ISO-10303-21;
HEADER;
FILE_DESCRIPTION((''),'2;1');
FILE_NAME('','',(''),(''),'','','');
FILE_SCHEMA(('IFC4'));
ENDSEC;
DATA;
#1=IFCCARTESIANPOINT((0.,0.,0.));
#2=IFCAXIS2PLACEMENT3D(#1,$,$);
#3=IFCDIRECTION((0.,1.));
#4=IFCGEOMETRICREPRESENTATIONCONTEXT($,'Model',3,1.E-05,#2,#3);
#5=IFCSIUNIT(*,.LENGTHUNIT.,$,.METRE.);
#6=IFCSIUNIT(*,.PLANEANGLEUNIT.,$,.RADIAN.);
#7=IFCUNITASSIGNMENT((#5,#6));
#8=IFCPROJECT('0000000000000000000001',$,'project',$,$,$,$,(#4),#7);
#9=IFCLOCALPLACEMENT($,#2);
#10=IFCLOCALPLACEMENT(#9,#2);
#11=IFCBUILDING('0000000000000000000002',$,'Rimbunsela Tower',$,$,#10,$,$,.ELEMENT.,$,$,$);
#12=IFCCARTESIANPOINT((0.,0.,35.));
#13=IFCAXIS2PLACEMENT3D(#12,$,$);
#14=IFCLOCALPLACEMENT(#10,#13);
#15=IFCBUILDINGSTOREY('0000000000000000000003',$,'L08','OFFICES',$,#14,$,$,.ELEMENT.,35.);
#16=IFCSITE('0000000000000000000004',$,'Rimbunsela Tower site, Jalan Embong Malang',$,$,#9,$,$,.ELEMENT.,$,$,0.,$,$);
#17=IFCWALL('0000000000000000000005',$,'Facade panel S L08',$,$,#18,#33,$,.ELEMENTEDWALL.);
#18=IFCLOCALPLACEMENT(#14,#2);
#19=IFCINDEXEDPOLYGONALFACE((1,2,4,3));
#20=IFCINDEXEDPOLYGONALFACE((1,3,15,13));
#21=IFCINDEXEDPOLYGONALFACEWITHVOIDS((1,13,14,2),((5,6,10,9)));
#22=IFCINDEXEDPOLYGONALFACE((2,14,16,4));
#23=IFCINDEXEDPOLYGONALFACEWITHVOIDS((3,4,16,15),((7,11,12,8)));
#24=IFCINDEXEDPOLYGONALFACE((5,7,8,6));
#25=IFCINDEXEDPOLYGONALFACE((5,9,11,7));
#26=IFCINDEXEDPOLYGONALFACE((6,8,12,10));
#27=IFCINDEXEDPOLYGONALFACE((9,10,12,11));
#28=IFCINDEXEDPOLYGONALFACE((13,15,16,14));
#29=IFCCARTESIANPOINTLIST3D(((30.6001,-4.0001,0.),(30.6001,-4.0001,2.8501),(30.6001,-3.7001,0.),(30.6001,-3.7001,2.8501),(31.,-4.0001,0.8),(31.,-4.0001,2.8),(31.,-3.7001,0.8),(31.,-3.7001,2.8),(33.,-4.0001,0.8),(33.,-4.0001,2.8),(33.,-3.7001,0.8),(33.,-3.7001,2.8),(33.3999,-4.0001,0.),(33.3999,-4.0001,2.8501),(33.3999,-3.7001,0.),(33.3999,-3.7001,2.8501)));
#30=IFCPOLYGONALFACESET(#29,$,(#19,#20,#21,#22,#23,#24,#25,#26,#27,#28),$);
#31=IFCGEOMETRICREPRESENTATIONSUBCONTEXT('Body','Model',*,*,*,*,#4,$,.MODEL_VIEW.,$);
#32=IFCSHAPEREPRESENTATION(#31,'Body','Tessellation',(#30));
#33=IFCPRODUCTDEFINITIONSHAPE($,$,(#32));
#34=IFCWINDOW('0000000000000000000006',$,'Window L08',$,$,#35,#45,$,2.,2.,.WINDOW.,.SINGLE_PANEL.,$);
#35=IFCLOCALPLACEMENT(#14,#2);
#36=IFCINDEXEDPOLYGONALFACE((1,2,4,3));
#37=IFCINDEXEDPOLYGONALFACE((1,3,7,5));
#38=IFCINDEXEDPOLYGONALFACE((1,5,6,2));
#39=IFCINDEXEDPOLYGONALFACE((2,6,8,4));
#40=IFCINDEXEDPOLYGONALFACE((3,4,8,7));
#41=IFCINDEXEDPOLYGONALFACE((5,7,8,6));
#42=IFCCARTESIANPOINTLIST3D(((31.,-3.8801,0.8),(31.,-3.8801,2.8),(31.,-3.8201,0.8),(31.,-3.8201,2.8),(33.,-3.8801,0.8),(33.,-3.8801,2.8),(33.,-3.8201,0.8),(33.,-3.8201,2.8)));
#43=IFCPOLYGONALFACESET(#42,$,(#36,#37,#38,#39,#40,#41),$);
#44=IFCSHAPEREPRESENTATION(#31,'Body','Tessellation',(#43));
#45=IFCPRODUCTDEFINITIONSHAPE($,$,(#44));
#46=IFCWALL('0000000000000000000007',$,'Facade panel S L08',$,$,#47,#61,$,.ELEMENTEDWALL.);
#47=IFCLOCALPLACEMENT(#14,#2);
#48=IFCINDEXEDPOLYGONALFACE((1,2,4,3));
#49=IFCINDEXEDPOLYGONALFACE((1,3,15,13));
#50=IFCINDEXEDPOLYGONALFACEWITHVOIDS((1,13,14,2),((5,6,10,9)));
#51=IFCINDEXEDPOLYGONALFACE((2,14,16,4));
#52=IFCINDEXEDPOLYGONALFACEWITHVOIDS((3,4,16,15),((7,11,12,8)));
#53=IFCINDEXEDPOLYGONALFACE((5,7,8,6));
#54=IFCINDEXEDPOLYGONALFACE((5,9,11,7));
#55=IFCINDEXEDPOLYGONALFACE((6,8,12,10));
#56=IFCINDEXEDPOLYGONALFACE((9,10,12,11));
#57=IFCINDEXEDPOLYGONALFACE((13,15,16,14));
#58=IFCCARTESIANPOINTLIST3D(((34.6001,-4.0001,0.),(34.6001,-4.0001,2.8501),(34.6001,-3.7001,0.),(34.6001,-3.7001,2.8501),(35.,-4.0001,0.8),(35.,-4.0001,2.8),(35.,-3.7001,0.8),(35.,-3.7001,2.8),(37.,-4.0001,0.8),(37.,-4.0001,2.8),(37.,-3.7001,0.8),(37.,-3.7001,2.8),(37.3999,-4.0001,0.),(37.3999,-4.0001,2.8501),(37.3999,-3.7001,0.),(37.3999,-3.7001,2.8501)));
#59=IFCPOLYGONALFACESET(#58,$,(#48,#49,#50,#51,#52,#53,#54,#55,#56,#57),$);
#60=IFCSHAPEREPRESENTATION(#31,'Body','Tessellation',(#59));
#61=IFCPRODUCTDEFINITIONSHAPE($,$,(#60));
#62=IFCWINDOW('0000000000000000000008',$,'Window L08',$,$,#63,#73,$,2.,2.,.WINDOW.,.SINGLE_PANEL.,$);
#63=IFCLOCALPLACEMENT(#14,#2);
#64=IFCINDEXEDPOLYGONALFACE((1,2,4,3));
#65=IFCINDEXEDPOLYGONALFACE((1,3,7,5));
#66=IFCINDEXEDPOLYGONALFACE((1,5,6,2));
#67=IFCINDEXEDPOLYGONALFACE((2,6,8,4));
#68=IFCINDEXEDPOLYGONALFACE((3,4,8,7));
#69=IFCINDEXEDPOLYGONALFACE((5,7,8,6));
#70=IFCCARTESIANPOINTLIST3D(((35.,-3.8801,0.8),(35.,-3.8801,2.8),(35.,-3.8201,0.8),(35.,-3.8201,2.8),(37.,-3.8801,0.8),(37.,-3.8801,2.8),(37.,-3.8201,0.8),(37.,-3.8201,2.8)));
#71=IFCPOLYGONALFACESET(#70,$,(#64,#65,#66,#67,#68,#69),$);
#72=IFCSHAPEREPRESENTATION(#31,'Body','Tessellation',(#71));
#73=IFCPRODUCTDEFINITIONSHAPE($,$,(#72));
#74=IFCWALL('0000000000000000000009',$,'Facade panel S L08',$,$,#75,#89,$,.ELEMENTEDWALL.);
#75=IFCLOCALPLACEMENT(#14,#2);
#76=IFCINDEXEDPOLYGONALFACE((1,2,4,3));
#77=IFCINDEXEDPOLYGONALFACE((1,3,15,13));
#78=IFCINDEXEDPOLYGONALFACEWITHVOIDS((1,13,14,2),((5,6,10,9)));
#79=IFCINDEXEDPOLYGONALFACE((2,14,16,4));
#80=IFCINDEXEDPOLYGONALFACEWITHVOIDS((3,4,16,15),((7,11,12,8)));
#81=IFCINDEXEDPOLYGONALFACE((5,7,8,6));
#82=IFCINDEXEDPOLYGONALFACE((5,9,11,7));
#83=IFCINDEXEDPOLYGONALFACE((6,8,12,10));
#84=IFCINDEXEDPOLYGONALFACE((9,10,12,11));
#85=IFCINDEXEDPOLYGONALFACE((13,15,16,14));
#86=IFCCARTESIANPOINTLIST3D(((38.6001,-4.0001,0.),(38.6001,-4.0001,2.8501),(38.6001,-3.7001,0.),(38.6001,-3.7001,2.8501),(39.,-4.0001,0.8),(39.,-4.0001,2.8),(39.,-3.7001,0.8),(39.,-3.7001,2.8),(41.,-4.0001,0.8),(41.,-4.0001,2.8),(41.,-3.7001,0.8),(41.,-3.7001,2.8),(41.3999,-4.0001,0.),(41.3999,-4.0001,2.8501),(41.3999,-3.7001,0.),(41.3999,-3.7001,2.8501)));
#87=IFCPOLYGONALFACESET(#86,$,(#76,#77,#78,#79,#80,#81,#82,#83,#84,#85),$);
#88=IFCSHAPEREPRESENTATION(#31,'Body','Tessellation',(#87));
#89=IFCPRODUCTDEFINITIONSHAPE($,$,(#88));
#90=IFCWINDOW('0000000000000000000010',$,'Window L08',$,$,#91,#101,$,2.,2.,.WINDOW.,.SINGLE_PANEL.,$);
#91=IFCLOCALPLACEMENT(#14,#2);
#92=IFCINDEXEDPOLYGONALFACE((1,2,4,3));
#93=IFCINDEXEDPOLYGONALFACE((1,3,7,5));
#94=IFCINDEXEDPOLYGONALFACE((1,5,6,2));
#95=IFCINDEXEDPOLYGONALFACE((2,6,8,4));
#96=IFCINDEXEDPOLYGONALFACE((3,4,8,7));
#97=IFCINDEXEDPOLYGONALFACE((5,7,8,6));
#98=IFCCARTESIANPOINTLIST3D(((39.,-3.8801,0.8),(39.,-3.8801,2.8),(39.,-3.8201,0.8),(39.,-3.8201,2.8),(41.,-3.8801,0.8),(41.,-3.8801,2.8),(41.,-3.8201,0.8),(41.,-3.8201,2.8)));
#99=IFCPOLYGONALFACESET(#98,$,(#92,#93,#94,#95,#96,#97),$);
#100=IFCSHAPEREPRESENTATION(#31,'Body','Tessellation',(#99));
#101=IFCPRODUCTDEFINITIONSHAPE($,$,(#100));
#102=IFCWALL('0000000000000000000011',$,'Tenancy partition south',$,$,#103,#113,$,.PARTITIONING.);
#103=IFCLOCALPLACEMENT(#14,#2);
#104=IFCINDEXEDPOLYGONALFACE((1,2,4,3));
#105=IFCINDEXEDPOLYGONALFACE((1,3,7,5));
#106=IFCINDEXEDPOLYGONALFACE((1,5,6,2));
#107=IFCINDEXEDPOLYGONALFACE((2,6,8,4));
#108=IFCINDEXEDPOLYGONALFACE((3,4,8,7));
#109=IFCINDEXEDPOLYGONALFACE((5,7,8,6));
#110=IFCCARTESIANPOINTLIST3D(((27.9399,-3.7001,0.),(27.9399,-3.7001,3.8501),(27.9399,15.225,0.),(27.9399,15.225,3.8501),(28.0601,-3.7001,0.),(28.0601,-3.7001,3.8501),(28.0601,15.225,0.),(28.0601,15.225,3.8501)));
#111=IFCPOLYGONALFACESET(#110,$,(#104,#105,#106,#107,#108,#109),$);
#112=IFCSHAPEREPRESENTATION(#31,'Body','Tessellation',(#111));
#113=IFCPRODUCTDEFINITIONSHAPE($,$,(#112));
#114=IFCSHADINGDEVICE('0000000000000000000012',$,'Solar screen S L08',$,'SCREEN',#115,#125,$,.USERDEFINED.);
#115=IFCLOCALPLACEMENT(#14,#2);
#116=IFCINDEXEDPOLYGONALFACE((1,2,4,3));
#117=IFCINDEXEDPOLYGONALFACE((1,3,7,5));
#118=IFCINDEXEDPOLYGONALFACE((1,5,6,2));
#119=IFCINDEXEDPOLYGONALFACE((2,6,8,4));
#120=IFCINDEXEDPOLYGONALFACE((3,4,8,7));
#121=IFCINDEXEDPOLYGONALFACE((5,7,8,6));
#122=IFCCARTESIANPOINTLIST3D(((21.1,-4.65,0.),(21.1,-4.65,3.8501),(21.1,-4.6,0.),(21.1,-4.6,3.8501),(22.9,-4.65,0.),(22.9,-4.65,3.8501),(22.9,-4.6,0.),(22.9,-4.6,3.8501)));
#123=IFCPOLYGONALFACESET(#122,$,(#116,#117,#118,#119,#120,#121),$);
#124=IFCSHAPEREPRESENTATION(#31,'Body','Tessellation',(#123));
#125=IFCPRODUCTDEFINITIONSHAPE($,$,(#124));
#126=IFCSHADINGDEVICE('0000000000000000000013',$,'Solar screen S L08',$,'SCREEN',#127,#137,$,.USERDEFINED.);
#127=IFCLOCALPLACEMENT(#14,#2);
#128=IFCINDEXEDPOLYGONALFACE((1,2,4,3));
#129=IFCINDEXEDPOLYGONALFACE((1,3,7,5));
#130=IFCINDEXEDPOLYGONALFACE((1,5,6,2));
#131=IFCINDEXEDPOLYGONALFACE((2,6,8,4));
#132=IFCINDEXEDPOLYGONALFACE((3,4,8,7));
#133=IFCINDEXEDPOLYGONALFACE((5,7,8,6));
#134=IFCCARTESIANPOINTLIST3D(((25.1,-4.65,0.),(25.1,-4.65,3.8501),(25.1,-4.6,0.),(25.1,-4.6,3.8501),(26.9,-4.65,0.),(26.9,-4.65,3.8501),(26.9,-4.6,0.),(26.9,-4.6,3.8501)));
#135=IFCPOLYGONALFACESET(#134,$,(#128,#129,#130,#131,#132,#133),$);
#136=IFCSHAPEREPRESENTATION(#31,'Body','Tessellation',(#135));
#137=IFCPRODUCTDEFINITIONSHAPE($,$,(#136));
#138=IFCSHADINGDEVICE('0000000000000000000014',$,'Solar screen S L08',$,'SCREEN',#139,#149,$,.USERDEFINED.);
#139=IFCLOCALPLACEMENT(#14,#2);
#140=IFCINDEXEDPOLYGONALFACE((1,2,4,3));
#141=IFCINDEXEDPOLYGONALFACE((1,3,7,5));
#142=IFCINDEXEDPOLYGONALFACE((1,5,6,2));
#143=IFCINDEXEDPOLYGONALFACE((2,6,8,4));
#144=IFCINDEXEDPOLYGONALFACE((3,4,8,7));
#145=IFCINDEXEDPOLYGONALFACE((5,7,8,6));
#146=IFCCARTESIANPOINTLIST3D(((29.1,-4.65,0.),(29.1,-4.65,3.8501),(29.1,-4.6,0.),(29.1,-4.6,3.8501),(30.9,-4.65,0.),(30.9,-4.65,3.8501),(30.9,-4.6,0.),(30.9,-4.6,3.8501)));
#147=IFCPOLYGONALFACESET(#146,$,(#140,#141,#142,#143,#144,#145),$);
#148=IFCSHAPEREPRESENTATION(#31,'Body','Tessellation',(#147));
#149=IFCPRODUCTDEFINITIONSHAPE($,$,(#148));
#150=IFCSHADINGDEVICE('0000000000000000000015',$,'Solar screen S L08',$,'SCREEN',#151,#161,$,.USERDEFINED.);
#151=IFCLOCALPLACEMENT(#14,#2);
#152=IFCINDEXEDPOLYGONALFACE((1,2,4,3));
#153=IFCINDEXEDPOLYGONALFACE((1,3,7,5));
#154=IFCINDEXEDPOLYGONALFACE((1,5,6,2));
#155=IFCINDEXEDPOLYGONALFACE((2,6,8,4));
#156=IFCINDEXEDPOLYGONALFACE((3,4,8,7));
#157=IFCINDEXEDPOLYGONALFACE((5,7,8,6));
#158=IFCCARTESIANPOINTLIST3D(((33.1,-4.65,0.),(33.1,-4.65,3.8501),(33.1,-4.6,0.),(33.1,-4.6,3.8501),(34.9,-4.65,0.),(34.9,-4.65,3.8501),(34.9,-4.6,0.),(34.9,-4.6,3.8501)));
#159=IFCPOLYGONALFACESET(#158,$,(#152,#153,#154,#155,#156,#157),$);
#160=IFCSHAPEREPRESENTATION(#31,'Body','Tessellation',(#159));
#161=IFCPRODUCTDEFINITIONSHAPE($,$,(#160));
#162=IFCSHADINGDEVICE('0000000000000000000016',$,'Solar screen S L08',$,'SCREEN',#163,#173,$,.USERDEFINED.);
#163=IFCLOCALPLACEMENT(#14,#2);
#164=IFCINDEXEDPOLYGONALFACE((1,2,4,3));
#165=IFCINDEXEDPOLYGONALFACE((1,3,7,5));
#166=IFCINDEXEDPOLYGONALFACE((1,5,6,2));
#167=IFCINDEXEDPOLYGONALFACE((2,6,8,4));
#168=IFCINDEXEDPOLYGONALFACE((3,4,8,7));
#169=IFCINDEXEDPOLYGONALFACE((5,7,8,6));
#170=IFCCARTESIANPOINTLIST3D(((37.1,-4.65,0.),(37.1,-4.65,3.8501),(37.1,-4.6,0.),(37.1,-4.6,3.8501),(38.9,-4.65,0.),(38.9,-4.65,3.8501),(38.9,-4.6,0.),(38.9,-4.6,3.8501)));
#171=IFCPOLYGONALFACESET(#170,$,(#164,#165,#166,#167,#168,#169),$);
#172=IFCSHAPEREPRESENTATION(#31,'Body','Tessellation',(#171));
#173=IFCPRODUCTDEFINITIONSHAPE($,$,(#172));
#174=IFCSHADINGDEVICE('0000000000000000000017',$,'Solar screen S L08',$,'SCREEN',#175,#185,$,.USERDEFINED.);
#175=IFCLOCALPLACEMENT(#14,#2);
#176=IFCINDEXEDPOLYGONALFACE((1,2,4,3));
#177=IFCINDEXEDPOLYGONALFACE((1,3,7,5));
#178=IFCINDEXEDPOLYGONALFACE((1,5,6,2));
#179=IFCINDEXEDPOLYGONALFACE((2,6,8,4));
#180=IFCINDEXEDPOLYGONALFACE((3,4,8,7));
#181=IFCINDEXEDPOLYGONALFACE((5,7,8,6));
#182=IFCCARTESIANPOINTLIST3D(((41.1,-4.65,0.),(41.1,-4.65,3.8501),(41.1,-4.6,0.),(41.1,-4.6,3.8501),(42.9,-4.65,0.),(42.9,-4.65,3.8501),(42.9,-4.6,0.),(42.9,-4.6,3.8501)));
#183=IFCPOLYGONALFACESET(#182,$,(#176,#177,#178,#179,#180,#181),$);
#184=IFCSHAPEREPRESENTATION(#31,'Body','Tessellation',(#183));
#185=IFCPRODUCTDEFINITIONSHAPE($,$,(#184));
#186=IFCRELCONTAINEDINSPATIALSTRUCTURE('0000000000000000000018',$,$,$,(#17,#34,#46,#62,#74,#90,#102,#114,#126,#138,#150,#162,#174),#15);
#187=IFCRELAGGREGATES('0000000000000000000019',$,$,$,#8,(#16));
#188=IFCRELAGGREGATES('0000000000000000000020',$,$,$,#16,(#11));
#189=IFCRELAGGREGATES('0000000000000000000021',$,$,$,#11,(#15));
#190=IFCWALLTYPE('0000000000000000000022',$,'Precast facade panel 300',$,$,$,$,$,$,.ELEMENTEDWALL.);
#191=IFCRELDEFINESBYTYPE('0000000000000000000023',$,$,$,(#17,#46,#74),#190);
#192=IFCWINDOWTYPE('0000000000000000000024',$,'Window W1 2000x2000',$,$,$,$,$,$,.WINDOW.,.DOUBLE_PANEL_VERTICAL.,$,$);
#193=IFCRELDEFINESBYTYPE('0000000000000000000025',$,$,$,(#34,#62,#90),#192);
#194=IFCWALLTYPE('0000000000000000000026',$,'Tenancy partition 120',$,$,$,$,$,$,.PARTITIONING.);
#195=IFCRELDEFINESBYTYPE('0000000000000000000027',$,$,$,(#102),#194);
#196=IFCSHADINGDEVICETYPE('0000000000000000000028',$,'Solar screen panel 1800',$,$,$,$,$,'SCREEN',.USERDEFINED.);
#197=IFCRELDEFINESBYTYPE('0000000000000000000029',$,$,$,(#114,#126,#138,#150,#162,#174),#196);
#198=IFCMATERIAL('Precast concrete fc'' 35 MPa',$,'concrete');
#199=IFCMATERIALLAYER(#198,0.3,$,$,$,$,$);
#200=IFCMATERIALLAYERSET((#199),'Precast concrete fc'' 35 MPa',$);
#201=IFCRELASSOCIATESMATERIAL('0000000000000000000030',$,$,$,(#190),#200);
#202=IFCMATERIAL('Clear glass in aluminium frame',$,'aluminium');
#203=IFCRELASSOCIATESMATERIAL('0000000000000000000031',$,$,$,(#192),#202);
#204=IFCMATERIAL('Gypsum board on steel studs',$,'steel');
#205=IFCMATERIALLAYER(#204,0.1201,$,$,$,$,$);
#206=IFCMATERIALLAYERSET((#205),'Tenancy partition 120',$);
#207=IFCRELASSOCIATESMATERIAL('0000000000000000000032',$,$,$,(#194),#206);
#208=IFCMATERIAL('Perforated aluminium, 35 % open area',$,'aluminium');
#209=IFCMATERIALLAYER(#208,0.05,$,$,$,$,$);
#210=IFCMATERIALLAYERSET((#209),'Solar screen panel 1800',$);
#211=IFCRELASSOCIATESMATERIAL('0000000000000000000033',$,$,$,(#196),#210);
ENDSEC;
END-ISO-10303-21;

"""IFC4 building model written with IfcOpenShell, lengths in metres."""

from ifc_helpers import new_model, si_unit, direction, frame, frame_2d, origin, origin_2d, place, context, subcontext, project, spatial, rectangle, extrude, material, layer, layer_set, type_object, element, fill, save


model = new_model("IFC4")

# Units and contexts
model_context = context("Model", 3, precision=1e-05, world=origin(), true_north=direction((0.0, 1.0)))
body_context = subcontext(model_context, "Body", "Model", "MODEL_VIEW")
ifc_project = project(units=[si_unit("LENGTHUNIT", "METRE"), si_unit("PLANEANGLEUNIT", "RADIAN")], contexts=[model_context])

# Site, building, storey
site_placement = place(None, origin())
site = spatial("IfcSite", under=ifc_project, at=site_placement, Name="Rimbunsela Tower site, Jalan Embong Malang", CompositionType="ELEMENT", RefElevation=0.0)
building_placement = place(site_placement, origin())
building = spatial("IfcBuilding", under=site, at=building_placement, Name="Rimbunsela Tower", CompositionType="ELEMENT")
storey_placement = place(building_placement, frame((0.0, 0.0, 35.0)))
storey = spatial("IfcBuildingStorey", under=building, at=storey_placement, Name="L08", Description="OFFICES", CompositionType="ELEMENT", Elevation=35.0)

# Shared definitions
ifc_material_1 = material(Name="Precast concrete fc' 35 MPa", Category="concrete")
ifc_layer_1 = layer(ifc_material_1, 0.3)
ifc_layer_set_1 = layer_set([ifc_layer_1], Name="Precast concrete fc' 35 MPa")
wall_type_1 = type_object("IfcWallType", Name="Precast facade panel 300", PredefinedType="ELEMENTEDWALL", material=ifc_layer_set_1)
ifc_material_2 = material(Name="Clear glass in aluminium frame", Category="aluminium")
window_type_1 = type_object("IfcWindowType", Name="Window W1 2000x2000", PartitioningType="DOUBLE_PANEL_VERTICAL", PredefinedType="WINDOW", material=ifc_material_2)

# Walls, openings, windows
wall_1_placement = place(storey_placement, frame((30.6001, -3.8501, 0.0), z_axis=(0.0, 0.0, 1.0), x_axis=(1.0, 0.0, 0.0)))
wall_1 = element("IfcWall", 1, at=wall_1_placement, inside=storey, type_object=wall_type_1, Name="Facade panel S L08", PredefinedType="ELEMENTEDWALL", context=body_context, shape_type="SweptSolid", body=[
    extrude(rectangle(XDim=2.7998, YDim=0.3, at=frame_2d((1.3999, 0.0))), origin(), (0.0, 0.0, 1.0), 2.8501),
])
opening_1_placement = place(wall_1_placement, frame((0.3999, 0.0, 0.8)))
opening_1 = element("IfcOpeningElement", 2, at=opening_1_placement, cuts=wall_1, PredefinedType="OPENING", context=body_context, shape_type="SweptSolid", body=[
    extrude(rectangle(XDim=2.0, YDim=2.0, at=frame_2d((1.0, 1.0))), frame((0.0, 0.1599, 0.0), z_axis=(0.0, -1.0, 0.0), x_axis=(1.0, 0.0, 0.0)), (0.0, 0.0, 1.0), 0.3201),
])
window_1_placement = place(opening_1_placement, origin())
window_1 = element("IfcWindow", 3, at=window_1_placement, inside=storey, type_object=window_type_1, Name="Window L08", OverallHeight=2.0, OverallWidth=2.0, PartitioningType="SINGLE_PANEL", PredefinedType="WINDOW", context=body_context, shape_type="SweptSolid", body=[
    extrude(rectangle(XDim=2.0, YDim=2.0, at=frame_2d((1.0, 1.0))), frame((0.0, 0.03, 0.0), z_axis=(0.0, -1.0, 0.0), x_axis=(1.0, 0.0, 0.0)), (0.0, 0.0, 1.0), 0.0601),
])
fill(opening_1, window_1)
wall_2_placement = place(storey_placement, frame((34.6001, -3.8501, 0.0), z_axis=(0.0, 0.0, 1.0), x_axis=(1.0, 0.0, 0.0)))
wall_2 = element("IfcWall", 4, at=wall_2_placement, inside=storey, type_object=wall_type_1, Name="Facade panel S L08", PredefinedType="ELEMENTEDWALL", context=body_context, shape_type="SweptSolid", body=[
    extrude(rectangle(XDim=2.7998, YDim=0.3, at=frame_2d((1.3999, 0.0))), origin(), (0.0, 0.0, 1.0), 2.8501),
])
opening_2_placement = place(wall_2_placement, frame((0.3999, 0.0, 0.8)))
opening_2 = element("IfcOpeningElement", 5, at=opening_2_placement, cuts=wall_2, PredefinedType="OPENING", context=body_context, shape_type="SweptSolid", body=[
    extrude(rectangle(XDim=2.0, YDim=2.0, at=frame_2d((1.0, 1.0))), frame((0.0, 0.1599, 0.0), z_axis=(0.0, -1.0, 0.0), x_axis=(1.0, 0.0, 0.0)), (0.0, 0.0, 1.0), 0.3201),
])
window_2_placement = place(opening_2_placement, origin())
window_2 = element("IfcWindow", 6, at=window_2_placement, inside=storey, type_object=window_type_1, Name="Window L08", OverallHeight=2.0, OverallWidth=2.0, PartitioningType="SINGLE_PANEL", PredefinedType="WINDOW", context=body_context, shape_type="SweptSolid", body=[
    extrude(rectangle(XDim=2.0, YDim=2.0, at=frame_2d((1.0, 1.0))), frame((0.0, 0.03, 0.0), z_axis=(0.0, -1.0, 0.0), x_axis=(1.0, 0.0, 0.0)), (0.0, 0.0, 1.0), 0.0601),
])
fill(opening_2, window_2)
wall_3_placement = place(storey_placement, frame((38.6001, -3.8501, 0.0), z_axis=(0.0, 0.0, 1.0), x_axis=(1.0, 0.0, 0.0)))
wall_3 = element("IfcWall", 7, at=wall_3_placement, inside=storey, type_object=wall_type_1, Name="Facade panel S L08", PredefinedType="ELEMENTEDWALL", context=body_context, shape_type="SweptSolid", body=[
    extrude(rectangle(XDim=2.7998, YDim=0.3, at=frame_2d((1.3999, 0.0))), origin(), (0.0, 0.0, 1.0), 2.8501),
])
opening_3_placement = place(wall_3_placement, frame((0.3999, 0.0, 0.8)))
opening_3 = element("IfcOpeningElement", 8, at=opening_3_placement, cuts=wall_3, PredefinedType="OPENING", context=body_context, shape_type="SweptSolid", body=[
    extrude(rectangle(XDim=2.0, YDim=2.0, at=frame_2d((1.0, 1.0))), frame((0.0, 0.1599, 0.0), z_axis=(0.0, -1.0, 0.0), x_axis=(1.0, 0.0, 0.0)), (0.0, 0.0, 1.0), 0.3201),
])
window_3_placement = place(opening_3_placement, origin())
window_3 = element("IfcWindow", 9, at=window_3_placement, inside=storey, type_object=window_type_1, Name="Window L08", OverallHeight=2.0, OverallWidth=2.0, PartitioningType="SINGLE_PANEL", PredefinedType="WINDOW", context=body_context, shape_type="SweptSolid", body=[
    extrude(rectangle(XDim=2.0, YDim=2.0, at=frame_2d((1.0, 1.0))), frame((0.0, 0.03, 0.0), z_axis=(0.0, -1.0, 0.0), x_axis=(1.0, 0.0, 0.0)), (0.0, 0.0, 1.0), 0.0601),
])
fill(opening_3, window_3)

# Wall
ifc_material_3 = material(Name="Gypsum board on steel studs", Category="steel")
ifc_layer_2 = layer(ifc_material_3, 0.1201)
ifc_layer_set_2 = layer_set([ifc_layer_2], Name="Tenancy partition 120")
wall_type_2 = type_object("IfcWallType", Name="Tenancy partition 120", PredefinedType="PARTITIONING", material=ifc_layer_set_2)
wall_4_placement = place(storey_placement, frame((28.0, -3.7, 0.0), z_axis=(0.0, 0.0, 1.0), x_axis=(0.0, 1.0, 0.0)))
element("IfcWall", 10, at=wall_4_placement, inside=storey, type_object=wall_type_2, Name="Tenancy partition south", PredefinedType="PARTITIONING", context=body_context, shape_type="SweptSolid", body=[
    extrude(rectangle(XDim=18.925, YDim=0.1201, at=frame_2d((9.4624, 0.0))), origin(), (0.0, 0.0, 1.0), 3.8501),
])

# Shading devices
ifc_material_4 = material(Name="Perforated aluminium, 35 % open area", Category="aluminium")
ifc_layer_3 = layer(ifc_material_4, 0.05)
ifc_layer_set_3 = layer_set([ifc_layer_3], Name="Solar screen panel 1800")
shading_device_type = type_object("IfcShadingDeviceType", Name="Solar screen panel 1800", ElementType="SCREEN", PredefinedType="USERDEFINED", material=ifc_layer_set_3)
for number, where, z_axis, x_axis, name in (
    (11, (22.0, -4.625, 0.0), (0.0, 0.0, 1.0), (1.0, 0.0, 0.0), "Solar screen S L08"),
    (12, (26.0, -4.625, 0.0), (0.0, 0.0, 1.0), (1.0, 0.0, 0.0), "Solar screen S L08"),
    (13, (30.0, -4.625, 0.0), (0.0, 0.0, 1.0), (1.0, 0.0, 0.0), "Solar screen S L08"),
    (14, (34.0, -4.625, 0.0), (0.0, 0.0, 1.0), (1.0, 0.0, 0.0), "Solar screen S L08"),
    (15, (38.0, -4.625, 0.0), (0.0, 0.0, 1.0), (1.0, 0.0, 0.0), "Solar screen S L08"),
    (16, (42.0, -4.625, 0.0), (0.0, 0.0, 1.0), (1.0, 0.0, 0.0), "Solar screen S L08"),
):
    element("IfcShadingDevice", number, at=place(storey_placement, frame(where, z_axis=z_axis, x_axis=x_axis)), inside=storey, type_object=shading_device_type, Name=name, ObjectType="SCREEN", PredefinedType="USERDEFINED", context=body_context, shape_type="SweptSolid", body=[
        extrude(rectangle(XDim=1.8, YDim=0.05, at=origin_2d()), origin(), (0.0, 0.0, 1.0), 3.8501),
    ])

save(model, "model.ifc")
